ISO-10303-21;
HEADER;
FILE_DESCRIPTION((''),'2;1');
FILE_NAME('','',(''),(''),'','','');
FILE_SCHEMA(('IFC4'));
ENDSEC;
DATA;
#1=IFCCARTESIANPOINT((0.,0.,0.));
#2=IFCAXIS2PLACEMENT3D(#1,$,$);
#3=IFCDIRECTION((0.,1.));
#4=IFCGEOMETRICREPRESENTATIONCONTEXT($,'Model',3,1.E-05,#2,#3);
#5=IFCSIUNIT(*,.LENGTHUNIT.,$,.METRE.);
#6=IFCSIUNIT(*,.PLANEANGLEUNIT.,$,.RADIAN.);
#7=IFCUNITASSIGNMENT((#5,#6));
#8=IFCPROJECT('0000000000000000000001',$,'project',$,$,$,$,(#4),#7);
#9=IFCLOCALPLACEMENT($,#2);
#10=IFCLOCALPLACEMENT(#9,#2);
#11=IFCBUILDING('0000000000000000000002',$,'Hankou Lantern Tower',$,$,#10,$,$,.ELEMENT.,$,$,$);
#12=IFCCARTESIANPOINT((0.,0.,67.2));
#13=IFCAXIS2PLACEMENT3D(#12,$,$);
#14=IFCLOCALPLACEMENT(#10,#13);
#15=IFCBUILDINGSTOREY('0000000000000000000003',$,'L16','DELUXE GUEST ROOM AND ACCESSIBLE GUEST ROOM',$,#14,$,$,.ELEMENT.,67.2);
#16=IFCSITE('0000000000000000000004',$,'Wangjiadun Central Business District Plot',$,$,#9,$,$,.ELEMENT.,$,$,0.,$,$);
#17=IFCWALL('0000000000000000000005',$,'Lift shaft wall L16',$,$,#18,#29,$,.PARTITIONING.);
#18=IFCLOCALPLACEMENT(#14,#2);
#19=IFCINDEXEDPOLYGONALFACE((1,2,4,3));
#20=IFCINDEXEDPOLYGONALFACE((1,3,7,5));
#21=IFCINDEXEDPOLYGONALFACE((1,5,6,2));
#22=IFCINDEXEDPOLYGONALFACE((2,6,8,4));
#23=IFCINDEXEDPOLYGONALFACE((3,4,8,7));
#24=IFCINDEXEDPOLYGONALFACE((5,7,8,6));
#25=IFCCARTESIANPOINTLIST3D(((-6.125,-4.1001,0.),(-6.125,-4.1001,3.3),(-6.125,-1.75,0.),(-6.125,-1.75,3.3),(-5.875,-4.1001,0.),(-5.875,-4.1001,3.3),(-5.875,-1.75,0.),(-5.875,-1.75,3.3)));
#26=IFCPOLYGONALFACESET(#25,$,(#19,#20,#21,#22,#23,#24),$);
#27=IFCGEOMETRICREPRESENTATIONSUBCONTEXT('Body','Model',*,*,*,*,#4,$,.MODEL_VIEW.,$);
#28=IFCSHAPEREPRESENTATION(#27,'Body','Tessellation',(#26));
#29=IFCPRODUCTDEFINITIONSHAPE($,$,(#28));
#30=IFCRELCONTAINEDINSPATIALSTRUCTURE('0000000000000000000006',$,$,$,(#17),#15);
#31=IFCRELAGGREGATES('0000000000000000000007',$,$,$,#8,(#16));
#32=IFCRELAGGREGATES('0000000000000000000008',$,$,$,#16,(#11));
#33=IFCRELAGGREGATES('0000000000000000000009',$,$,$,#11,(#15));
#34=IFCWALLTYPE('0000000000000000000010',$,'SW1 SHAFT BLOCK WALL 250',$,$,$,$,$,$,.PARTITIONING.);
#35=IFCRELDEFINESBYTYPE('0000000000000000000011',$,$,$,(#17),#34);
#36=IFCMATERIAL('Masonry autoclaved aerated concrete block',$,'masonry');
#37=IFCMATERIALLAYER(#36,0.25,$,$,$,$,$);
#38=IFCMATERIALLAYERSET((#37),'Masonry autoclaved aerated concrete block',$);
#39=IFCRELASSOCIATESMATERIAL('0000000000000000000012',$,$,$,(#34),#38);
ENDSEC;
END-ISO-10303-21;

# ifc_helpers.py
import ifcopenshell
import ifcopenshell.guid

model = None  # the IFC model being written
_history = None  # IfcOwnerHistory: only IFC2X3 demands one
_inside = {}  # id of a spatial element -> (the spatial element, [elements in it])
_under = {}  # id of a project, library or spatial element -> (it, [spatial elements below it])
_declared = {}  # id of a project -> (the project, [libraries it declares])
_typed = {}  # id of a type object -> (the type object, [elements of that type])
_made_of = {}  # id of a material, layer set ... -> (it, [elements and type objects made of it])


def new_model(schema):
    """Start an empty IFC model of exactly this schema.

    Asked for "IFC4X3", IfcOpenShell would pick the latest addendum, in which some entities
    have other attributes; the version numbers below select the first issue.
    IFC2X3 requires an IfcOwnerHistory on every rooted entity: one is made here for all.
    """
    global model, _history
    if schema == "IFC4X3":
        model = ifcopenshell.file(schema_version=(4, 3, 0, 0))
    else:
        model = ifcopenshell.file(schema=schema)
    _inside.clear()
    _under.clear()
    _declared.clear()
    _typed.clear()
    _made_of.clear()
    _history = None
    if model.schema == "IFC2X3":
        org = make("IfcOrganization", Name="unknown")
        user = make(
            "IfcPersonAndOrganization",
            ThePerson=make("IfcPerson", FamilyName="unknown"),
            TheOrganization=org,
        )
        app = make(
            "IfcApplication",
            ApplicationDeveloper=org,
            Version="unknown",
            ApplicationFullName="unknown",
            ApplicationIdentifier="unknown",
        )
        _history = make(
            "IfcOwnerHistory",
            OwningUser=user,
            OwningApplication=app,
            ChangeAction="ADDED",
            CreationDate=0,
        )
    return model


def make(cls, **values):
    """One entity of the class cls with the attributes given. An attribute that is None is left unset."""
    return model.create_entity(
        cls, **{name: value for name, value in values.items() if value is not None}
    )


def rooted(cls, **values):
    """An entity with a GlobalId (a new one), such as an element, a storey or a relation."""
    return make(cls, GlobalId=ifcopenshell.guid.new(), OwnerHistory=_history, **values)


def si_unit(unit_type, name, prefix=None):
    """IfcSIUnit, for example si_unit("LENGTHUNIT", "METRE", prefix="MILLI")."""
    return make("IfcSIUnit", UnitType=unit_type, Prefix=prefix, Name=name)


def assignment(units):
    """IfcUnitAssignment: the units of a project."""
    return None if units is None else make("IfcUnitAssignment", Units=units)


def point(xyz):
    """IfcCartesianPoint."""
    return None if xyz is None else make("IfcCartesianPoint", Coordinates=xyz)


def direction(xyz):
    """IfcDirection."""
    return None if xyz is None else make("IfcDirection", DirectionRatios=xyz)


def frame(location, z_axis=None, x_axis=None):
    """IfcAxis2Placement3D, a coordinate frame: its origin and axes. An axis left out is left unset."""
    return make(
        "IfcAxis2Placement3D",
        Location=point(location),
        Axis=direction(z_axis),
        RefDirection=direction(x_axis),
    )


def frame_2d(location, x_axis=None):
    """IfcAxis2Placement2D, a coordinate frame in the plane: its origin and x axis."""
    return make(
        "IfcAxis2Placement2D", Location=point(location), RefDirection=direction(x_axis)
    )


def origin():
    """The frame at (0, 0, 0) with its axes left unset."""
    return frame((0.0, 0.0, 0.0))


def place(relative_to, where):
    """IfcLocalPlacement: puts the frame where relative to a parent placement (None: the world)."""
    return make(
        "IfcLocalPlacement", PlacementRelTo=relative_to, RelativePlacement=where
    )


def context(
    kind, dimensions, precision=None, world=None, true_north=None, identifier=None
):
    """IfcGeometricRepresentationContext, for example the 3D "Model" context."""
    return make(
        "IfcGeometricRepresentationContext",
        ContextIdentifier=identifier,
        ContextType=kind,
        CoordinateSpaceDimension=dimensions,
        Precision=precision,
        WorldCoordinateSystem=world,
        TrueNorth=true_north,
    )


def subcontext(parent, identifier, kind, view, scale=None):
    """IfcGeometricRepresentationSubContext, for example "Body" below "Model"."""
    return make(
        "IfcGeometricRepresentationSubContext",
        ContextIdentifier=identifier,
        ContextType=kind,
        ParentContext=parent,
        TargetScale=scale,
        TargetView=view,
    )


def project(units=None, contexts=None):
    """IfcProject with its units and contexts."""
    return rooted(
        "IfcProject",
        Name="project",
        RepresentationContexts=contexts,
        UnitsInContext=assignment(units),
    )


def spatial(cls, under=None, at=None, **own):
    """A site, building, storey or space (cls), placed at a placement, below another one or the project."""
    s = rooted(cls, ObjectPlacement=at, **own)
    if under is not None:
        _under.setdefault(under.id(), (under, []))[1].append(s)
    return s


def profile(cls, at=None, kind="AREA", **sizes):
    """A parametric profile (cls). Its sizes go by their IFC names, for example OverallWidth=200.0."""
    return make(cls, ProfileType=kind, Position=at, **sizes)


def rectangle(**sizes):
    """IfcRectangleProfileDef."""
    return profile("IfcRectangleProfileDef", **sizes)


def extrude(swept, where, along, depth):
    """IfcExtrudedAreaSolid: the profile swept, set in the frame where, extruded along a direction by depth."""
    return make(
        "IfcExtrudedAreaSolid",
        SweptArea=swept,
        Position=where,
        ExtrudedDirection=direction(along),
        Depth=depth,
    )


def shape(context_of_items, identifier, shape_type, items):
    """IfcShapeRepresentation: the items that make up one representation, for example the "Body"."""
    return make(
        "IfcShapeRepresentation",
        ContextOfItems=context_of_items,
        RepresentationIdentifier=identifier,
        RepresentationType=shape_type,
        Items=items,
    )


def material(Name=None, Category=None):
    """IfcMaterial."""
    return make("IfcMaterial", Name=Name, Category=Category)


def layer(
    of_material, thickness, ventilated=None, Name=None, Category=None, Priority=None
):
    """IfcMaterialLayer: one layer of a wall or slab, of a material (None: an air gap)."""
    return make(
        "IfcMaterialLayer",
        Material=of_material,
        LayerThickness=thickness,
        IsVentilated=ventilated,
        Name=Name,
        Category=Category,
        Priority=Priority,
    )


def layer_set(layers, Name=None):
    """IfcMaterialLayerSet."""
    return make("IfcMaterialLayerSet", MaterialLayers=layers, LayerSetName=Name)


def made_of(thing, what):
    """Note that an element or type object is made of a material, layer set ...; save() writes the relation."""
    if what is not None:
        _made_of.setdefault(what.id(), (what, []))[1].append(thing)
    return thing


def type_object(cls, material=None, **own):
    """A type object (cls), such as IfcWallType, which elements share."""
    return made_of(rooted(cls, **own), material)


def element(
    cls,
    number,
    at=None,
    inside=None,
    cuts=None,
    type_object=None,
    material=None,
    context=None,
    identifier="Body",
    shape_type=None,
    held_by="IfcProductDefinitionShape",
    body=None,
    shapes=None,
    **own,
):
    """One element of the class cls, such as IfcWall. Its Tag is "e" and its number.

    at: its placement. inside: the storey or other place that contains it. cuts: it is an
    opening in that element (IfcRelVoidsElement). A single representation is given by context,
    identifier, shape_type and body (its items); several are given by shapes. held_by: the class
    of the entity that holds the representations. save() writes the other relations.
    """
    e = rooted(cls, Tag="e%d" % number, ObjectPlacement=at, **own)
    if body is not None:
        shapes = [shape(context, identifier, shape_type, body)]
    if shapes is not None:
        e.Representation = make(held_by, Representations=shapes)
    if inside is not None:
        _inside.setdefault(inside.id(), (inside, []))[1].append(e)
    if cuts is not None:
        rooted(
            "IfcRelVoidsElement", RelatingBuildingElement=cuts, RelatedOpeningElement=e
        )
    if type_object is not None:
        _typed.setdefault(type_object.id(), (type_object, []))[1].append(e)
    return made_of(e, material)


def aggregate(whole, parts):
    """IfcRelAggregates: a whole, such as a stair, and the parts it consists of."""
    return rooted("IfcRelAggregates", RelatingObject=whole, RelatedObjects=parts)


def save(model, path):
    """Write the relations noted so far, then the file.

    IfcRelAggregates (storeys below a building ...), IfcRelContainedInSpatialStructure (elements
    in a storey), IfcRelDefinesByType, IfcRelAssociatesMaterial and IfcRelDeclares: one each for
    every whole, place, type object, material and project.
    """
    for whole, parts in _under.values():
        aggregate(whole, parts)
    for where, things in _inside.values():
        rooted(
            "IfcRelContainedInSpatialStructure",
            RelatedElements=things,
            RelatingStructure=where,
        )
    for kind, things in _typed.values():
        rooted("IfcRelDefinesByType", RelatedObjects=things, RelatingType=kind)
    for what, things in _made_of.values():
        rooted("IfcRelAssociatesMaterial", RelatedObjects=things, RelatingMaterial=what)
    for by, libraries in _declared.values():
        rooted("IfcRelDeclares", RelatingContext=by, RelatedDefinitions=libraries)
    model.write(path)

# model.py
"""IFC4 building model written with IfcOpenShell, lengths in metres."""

from ifc_helpers import new_model, si_unit, direction, frame, frame_2d, origin, place, context, subcontext, project, spatial, rectangle, extrude, material, layer, layer_set, type_object, element, save


model = new_model("IFC4")

# Units and contexts
model_context = context("Model", 3, precision=1e-05, world=origin(), true_north=direction((0.0, 1.0)))
body_context = subcontext(model_context, "Body", "Model", "MODEL_VIEW")
ifc_project = project(units=[si_unit("LENGTHUNIT", "METRE"), si_unit("PLANEANGLEUNIT", "RADIAN")], contexts=[model_context])

# Site, building, storey
site_placement = place(None, origin())
site = spatial("IfcSite", under=ifc_project, at=site_placement, Name="Wangjiadun Central Business District Plot", CompositionType="ELEMENT", RefElevation=0.0)
building_placement = place(site_placement, origin())
building = spatial("IfcBuilding", under=site, at=building_placement, Name="Hankou Lantern Tower", CompositionType="ELEMENT")
storey_placement = place(building_placement, frame((0.0, 0.0, 67.2)))
storey = spatial("IfcBuildingStorey", under=building, at=storey_placement, Name="L16", Description="DELUXE GUEST ROOM AND ACCESSIBLE GUEST ROOM", CompositionType="ELEMENT", Elevation=67.2)

# Wall
ifc_material_1 = material(Name="Masonry autoclaved aerated concrete block", Category="masonry")
ifc_layer_1 = layer(ifc_material_1, 0.25)
ifc_layer_set_1 = layer_set([ifc_layer_1], Name="Masonry autoclaved aerated concrete block")
wall_type_1 = type_object("IfcWallType", Name="SW1 SHAFT BLOCK WALL 250", PredefinedType="PARTITIONING", material=ifc_layer_set_1)
wall_1_placement = place(storey_placement, frame((-6.0, -4.1001, 0.0), z_axis=(0.0, 0.0, 1.0), x_axis=(0.0, 1.0, 0.0)))
element("IfcWall", 1, at=wall_1_placement, inside=storey, type_object=wall_type_1, Name="Lift shaft wall L16", PredefinedType="PARTITIONING", context=body_context, shape_type="SweptSolid", body=[
    extrude(rectangle(XDim=2.3501, YDim=0.25, at=frame_2d((1.175, 0.0))), origin(), (0.0, 0.0, 1.0), 3.3),
])

save(model, "model.ifc")
